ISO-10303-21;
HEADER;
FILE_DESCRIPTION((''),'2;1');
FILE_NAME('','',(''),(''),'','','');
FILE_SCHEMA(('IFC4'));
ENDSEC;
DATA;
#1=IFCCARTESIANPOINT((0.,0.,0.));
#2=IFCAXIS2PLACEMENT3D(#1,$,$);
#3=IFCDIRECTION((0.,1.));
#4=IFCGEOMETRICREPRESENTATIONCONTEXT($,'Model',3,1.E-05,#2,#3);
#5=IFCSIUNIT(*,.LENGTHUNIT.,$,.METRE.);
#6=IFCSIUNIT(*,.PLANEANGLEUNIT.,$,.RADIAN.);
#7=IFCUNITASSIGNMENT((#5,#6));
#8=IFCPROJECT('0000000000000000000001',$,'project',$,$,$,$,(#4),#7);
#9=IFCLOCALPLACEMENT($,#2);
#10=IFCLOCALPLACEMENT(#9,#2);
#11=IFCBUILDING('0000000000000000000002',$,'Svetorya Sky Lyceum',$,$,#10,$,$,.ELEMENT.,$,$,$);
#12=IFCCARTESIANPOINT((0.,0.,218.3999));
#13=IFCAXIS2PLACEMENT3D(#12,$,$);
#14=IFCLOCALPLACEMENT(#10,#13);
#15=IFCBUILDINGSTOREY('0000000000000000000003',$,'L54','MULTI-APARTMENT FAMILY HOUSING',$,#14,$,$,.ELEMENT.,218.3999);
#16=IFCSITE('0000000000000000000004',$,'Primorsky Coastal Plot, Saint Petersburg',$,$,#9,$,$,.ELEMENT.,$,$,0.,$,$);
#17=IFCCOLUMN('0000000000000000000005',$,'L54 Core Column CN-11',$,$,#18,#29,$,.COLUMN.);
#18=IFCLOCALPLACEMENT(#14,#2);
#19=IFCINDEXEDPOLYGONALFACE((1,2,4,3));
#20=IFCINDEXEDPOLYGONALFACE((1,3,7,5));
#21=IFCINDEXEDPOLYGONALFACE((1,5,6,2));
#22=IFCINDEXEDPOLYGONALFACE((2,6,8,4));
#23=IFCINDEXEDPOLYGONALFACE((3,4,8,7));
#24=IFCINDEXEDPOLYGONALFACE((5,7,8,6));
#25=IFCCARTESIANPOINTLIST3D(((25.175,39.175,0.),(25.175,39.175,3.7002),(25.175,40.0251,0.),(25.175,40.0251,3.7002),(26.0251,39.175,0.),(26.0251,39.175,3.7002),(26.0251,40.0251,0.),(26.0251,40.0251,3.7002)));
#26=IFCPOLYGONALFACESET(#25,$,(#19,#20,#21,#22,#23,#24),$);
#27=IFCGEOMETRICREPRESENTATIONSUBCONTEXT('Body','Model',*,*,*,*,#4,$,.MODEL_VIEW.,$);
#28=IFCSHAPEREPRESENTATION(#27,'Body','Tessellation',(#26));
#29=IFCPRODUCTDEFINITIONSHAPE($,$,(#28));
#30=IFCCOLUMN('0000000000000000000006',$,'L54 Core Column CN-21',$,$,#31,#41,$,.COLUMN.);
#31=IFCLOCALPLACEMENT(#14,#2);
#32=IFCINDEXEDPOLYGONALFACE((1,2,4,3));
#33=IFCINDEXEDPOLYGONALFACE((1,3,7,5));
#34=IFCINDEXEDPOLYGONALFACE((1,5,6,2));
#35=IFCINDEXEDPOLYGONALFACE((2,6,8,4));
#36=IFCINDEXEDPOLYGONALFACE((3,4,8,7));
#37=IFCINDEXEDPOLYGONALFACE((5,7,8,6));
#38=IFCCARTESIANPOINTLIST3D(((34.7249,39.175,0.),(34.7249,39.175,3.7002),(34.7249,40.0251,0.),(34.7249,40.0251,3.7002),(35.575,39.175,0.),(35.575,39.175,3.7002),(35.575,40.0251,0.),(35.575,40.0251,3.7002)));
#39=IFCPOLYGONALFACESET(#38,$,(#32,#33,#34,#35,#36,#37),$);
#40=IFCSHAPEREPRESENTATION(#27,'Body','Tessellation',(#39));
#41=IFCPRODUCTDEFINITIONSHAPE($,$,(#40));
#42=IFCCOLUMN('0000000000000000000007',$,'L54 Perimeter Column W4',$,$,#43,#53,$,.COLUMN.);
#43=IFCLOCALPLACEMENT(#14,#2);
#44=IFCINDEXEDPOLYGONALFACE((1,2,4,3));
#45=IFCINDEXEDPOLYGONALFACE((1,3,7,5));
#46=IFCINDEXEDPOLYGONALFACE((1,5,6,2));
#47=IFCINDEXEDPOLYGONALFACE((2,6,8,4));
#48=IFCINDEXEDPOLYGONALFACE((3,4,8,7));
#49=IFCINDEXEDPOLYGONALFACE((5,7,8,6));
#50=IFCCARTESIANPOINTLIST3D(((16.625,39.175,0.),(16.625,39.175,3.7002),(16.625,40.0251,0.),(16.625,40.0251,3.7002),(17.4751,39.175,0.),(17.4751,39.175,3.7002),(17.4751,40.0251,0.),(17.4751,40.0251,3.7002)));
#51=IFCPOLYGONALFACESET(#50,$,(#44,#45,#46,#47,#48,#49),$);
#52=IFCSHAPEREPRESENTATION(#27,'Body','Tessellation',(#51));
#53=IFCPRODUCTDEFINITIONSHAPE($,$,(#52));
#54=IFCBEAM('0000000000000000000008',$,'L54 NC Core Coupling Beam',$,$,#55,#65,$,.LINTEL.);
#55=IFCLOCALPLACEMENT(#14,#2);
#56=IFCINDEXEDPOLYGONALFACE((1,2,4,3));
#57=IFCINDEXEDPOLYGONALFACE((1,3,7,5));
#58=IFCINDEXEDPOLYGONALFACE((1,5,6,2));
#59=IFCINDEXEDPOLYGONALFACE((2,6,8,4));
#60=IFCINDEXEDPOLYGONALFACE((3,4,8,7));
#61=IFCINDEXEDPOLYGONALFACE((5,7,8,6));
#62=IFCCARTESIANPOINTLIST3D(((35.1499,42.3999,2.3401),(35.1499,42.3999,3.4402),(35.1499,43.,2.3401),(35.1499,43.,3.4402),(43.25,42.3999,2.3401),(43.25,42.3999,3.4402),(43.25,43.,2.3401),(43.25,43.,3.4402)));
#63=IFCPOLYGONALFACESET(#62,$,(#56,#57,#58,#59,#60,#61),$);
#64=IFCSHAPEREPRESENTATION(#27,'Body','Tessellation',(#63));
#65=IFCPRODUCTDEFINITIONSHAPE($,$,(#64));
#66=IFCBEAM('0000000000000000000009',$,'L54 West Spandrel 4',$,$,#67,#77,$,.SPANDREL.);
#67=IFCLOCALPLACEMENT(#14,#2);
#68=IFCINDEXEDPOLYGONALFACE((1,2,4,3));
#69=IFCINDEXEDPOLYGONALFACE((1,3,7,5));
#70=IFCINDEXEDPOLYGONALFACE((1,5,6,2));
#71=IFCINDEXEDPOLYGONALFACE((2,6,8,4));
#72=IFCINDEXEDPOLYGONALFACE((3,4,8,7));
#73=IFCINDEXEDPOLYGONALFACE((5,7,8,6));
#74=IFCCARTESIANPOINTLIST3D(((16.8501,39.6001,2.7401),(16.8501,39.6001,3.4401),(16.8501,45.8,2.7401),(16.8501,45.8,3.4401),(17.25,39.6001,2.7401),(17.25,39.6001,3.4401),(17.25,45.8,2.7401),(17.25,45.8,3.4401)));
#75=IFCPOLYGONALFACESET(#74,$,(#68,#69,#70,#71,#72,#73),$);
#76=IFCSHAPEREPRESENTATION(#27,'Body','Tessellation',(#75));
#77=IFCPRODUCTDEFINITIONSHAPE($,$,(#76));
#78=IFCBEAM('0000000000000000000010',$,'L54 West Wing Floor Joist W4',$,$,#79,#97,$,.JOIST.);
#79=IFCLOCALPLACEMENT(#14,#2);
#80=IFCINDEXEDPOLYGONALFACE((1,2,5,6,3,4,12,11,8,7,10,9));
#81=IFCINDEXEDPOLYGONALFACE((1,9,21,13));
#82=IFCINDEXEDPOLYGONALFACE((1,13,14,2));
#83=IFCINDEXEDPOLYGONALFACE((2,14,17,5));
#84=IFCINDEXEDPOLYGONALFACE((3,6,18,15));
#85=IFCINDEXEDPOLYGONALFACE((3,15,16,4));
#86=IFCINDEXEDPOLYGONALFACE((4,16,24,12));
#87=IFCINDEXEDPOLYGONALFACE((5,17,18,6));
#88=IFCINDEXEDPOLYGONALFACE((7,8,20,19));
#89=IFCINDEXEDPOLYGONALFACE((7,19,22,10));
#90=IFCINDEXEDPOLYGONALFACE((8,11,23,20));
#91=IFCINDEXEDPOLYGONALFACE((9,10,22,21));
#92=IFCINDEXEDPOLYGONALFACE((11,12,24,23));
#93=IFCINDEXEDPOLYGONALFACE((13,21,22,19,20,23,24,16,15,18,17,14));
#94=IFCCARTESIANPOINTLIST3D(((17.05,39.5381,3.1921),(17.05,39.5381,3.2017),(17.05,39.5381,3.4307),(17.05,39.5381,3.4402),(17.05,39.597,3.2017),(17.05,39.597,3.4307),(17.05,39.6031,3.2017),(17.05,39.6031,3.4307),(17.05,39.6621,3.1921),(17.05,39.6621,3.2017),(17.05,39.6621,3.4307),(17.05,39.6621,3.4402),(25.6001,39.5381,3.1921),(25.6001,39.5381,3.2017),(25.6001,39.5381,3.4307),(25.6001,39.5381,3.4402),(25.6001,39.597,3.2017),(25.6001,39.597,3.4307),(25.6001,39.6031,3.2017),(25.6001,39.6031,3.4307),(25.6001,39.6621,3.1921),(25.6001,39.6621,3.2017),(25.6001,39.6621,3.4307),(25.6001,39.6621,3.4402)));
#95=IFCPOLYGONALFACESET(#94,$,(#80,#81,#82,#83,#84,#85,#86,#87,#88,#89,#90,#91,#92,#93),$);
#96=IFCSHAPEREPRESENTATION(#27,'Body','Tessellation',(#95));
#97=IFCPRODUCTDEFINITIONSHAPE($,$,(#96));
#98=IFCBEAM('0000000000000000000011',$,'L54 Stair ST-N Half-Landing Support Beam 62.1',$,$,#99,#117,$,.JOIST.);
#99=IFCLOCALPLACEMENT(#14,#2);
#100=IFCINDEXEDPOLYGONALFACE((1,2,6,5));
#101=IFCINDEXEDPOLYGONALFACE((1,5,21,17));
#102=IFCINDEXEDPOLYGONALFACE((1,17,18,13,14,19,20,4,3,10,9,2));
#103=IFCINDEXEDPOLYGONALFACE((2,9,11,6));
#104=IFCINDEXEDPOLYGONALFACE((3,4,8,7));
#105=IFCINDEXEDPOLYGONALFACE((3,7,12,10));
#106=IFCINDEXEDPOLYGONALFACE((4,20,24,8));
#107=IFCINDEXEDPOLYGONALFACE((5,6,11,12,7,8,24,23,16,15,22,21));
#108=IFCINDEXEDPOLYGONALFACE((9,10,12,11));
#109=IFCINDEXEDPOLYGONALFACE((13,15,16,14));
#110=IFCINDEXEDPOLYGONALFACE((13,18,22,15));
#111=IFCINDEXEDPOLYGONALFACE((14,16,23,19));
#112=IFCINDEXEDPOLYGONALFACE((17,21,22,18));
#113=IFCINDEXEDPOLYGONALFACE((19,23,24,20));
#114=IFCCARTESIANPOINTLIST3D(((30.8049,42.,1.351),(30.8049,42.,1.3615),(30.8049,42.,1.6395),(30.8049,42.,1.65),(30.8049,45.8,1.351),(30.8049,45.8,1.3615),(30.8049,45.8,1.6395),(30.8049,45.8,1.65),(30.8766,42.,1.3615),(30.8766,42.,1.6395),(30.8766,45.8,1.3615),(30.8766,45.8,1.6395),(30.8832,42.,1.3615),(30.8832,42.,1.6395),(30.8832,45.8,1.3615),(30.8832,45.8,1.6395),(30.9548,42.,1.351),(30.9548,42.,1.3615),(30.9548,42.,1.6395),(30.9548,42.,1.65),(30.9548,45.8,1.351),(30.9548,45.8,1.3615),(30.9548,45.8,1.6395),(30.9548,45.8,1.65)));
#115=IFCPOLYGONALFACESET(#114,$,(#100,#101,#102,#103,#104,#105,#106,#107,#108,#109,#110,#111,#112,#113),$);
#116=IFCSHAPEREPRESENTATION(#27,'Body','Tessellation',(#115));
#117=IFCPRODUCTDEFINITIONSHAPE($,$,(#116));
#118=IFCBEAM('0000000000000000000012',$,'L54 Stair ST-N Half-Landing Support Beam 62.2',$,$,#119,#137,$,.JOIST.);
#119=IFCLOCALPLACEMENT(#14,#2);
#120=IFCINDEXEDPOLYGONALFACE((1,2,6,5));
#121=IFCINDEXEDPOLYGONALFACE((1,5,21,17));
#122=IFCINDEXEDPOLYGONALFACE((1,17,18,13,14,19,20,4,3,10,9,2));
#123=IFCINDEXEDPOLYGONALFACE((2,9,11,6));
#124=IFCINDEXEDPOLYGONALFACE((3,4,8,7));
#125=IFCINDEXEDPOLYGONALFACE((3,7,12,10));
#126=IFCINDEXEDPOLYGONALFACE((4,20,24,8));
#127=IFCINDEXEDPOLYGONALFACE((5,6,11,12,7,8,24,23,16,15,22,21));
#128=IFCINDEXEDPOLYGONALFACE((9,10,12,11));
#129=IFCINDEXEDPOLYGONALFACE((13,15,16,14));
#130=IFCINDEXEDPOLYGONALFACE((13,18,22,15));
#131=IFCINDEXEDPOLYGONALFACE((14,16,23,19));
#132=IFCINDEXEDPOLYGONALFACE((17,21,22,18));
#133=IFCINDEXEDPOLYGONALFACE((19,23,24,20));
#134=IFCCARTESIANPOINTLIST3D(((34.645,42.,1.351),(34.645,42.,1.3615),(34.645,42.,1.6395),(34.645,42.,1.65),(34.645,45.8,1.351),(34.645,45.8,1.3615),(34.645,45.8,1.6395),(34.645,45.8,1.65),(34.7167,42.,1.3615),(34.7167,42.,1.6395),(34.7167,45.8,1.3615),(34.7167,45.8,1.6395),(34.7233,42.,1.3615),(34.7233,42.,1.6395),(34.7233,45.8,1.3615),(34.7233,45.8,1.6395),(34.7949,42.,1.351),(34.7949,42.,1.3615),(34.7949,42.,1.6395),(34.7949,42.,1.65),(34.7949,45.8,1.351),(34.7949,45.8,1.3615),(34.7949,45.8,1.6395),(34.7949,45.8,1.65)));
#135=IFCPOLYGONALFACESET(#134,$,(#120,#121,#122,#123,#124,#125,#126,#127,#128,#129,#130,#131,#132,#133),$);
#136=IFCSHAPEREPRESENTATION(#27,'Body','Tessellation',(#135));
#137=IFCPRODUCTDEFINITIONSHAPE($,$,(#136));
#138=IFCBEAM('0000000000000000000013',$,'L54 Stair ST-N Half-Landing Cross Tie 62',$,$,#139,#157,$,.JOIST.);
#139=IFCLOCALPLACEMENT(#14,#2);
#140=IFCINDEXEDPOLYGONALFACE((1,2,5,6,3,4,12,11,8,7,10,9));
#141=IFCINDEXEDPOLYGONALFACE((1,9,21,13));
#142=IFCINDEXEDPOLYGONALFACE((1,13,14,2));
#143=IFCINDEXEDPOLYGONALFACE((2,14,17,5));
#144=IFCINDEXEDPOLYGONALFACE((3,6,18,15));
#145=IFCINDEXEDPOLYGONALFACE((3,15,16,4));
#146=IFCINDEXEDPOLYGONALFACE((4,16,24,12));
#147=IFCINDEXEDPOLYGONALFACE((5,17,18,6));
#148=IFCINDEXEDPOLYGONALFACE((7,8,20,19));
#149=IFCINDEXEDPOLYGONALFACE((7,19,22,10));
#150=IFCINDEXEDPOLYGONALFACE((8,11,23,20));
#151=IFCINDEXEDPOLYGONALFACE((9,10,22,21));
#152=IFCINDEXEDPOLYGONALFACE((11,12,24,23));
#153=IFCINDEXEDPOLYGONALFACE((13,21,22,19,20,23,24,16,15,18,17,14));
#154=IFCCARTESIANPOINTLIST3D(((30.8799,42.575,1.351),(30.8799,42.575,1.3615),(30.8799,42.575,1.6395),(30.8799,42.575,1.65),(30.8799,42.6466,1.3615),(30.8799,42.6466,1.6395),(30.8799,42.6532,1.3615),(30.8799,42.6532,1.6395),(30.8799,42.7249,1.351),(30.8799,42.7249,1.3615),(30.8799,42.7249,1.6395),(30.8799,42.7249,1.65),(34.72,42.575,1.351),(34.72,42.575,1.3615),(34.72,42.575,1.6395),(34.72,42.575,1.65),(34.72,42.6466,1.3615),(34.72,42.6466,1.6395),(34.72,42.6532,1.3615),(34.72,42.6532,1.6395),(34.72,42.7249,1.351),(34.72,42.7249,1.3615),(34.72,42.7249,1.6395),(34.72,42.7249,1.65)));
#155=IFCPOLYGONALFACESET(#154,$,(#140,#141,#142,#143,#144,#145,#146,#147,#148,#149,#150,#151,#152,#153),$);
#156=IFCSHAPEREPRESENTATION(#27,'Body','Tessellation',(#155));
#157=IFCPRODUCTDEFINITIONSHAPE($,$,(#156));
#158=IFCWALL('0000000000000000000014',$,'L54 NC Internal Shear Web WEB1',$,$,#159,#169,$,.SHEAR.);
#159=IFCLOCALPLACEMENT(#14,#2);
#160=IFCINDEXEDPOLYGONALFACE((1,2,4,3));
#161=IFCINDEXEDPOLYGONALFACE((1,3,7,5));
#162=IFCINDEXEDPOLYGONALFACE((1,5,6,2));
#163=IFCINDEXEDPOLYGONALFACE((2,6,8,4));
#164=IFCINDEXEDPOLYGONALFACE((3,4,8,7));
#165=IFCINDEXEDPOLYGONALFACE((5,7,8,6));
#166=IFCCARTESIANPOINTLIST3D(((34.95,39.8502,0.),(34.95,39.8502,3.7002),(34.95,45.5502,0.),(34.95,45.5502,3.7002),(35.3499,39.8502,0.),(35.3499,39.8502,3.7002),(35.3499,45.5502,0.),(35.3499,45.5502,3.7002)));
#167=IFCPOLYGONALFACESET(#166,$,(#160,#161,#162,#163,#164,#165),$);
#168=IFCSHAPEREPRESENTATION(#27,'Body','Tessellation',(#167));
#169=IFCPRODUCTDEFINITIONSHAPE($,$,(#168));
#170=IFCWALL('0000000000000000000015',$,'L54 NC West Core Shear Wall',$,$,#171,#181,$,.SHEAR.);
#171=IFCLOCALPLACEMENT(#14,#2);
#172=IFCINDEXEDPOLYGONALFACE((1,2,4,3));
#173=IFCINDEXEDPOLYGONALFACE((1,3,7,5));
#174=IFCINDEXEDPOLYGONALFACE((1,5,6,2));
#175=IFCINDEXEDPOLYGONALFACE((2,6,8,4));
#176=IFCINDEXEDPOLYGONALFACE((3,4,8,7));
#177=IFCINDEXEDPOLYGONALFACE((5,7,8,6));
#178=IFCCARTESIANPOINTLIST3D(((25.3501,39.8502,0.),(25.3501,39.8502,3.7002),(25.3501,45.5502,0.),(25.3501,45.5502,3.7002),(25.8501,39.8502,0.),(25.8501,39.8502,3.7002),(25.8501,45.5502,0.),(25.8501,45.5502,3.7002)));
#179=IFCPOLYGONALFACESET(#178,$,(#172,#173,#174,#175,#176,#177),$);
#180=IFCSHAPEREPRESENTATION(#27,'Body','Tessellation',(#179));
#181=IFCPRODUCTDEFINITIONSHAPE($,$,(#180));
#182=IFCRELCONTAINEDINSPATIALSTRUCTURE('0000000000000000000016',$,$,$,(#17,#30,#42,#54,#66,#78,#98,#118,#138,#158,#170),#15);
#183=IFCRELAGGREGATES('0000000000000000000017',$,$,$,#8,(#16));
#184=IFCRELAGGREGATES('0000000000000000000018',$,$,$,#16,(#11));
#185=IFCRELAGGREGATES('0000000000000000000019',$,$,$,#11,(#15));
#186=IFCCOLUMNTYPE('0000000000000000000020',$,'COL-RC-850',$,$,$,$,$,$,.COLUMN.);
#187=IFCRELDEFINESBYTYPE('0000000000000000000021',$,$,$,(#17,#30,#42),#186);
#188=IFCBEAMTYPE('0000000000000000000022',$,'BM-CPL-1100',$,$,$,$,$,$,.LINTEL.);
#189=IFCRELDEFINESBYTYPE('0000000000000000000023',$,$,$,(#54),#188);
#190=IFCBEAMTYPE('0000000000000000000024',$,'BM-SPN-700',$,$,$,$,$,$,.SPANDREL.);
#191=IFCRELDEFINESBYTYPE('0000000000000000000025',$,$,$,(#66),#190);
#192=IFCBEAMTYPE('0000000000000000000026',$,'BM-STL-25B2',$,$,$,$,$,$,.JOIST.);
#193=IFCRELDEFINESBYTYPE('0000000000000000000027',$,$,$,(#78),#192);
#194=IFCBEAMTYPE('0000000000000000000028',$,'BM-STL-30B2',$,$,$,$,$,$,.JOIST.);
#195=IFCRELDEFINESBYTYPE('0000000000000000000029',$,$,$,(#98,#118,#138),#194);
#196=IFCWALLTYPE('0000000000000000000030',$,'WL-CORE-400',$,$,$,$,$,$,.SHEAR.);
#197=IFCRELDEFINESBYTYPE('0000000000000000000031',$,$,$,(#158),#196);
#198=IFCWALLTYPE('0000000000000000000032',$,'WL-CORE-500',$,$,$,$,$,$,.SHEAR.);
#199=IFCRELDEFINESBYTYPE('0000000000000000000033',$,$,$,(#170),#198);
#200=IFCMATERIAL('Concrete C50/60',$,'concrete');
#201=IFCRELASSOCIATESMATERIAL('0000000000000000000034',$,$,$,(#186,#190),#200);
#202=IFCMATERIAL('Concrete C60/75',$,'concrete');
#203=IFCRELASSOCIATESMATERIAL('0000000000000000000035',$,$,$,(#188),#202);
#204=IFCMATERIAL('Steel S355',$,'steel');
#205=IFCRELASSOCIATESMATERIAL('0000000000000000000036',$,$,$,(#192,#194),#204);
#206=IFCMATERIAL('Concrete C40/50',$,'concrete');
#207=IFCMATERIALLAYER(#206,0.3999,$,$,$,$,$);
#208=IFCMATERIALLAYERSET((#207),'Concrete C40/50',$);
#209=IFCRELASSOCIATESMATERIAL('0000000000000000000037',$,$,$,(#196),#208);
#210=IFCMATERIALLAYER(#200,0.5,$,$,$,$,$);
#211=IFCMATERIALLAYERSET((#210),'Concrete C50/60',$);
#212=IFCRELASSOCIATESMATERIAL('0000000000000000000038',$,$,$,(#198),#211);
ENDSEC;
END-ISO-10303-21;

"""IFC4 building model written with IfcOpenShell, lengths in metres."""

from ifc_helpers import new_model, si_unit, direction, frame, frame_2d, origin, origin_2d, place, context, subcontext, project, spatial, rectangle, i_section, extrude, material, layer, layer_set, material_profile, profile_set, type_object, element, save


model = new_model("IFC4")

# Units and contexts
model_context = context("Model", 3, precision=1e-05, world=origin(), true_north=direction((0.0, 1.0)))
body_context = subcontext(model_context, "Body", "Model", "MODEL_VIEW")
ifc_project = project(units=[si_unit("LENGTHUNIT", "METRE"), si_unit("PLANEANGLEUNIT", "RADIAN")], contexts=[model_context])

# Site, building, storey
site_placement = place(None, origin())
site = spatial("IfcSite", under=ifc_project, at=site_placement, Name="Primorsky Coastal Plot, Saint Petersburg", CompositionType="ELEMENT", RefElevation=0.0)
building_placement = place(site_placement, origin())
building = spatial("IfcBuilding", under=site, at=building_placement, Name="Svetorya Sky Lyceum", CompositionType="ELEMENT")
storey_placement = place(building_placement, frame((0.0, 0.0, 218.3999)))
storey = spatial("IfcBuildingStorey", under=building, at=storey_placement, Name="L54", Description="MULTI-APARTMENT FAMILY HOUSING", CompositionType="ELEMENT", Elevation=218.3999)

# Columns
ifc_material_1 = material(Name="Concrete C50/60", Category="concrete")
ifc_material_profile_1 = material_profile(ifc_material_1, rectangle(XDim=0.8501, YDim=0.8501, at=origin_2d()), Name="RC COL 850x850")
ifc_profile_set_1 = profile_set([ifc_material_profile_1], Name="Concrete C50/60")
column_type = type_object("IfcColumnType", Name="COL-RC-850", PredefinedType="COLUMN", material=ifc_profile_set_1)
for number, where, z_axis, x_axis, name in (
    (1, (25.6001, 39.6001, 0.0), (0.0, 0.0, 1.0), (1.0, 0.0, 0.0), "L54 Core Column CN-11"),
    (2, (35.1499, 39.6001, 0.0), (0.0, 0.0, 1.0), (1.0, 0.0, 0.0), "L54 Core Column CN-21"),
    (3, (17.05, 39.6001, 0.0), (0.0, 0.0, 1.0), (1.0, 0.0, 0.0), "L54 Perimeter Column W4"),
):
    element("IfcColumn", number, at=place(storey_placement, frame(where, z_axis=z_axis, x_axis=x_axis)), inside=storey, type_object=column_type, Name=name, PredefinedType="COLUMN", context=body_context, shape_type="SweptSolid", body=[
        extrude(rectangle(XDim=0.8501, YDim=0.8501, at=origin_2d()), origin(), (0.0, 0.0, 1.0), 3.7002),
    ])

# Beams
ifc_material_2 = material(Name="Concrete C60/75", Category="concrete")
ifc_material_profile_2 = material_profile(ifc_material_2, rectangle(XDim=0.6001, YDim=1.1001, at=origin_2d()), Name="RC COUPLING 600x1100")
ifc_profile_set_2 = profile_set([ifc_material_profile_2], Name="Concrete C60/75")
beam_type_1 = type_object("IfcBeamType", Name="BM-CPL-1100", PredefinedType="LINTEL", material=ifc_profile_set_2)
beam_1_placement = place(storey_placement, frame((35.1499, 42.7, 2.8901), z_axis=(1.0, 0.0, 0.0), x_axis=(0.0, 1.0, 0.0)))
element("IfcBeam", 4, at=beam_1_placement, inside=storey, type_object=beam_type_1, Name="L54 NC Core Coupling Beam", PredefinedType="LINTEL", context=body_context, shape_type="SweptSolid", body=[
    extrude(rectangle(XDim=0.6001, YDim=1.1001, at=origin_2d()), origin(), (0.0, 0.0, 1.0), 8.1001),
])
ifc_material_profile_3 = material_profile(ifc_material_1, rectangle(XDim=0.3999, YDim=0.7, at=origin_2d()), Name="RC SPANDREL 400x700")
ifc_profile_set_3 = profile_set([ifc_material_profile_3], Name="Concrete C50/60")
beam_type_2 = type_object("IfcBeamType", Name="BM-SPN-700", PredefinedType="SPANDREL", material=ifc_profile_set_3)
beam_2_placement = place(storey_placement, frame((17.05, 39.6001, 3.0901), z_axis=(0.0, 1.0, 0.0), x_axis=(-1.0, 0.0, 0.0)))
element("IfcBeam", 5, at=beam_2_placement, inside=storey, type_object=beam_type_2, Name="L54 West Spandrel 4", PredefinedType="SPANDREL", context=body_context, shape_type="SweptSolid", body=[
    extrude(rectangle(XDim=0.3999, YDim=0.7, at=origin_2d()), origin(), (0.0, 0.0, 1.0), 6.2),
])
ifc_material_3 = material(Name="Steel S355", Category="steel")
ifc_material_profile_4 = material_profile(ifc_material_3, i_section(OverallWidth=0.124, OverallDepth=0.248, WebThickness=0.0061, FlangeThickness=0.0095, at=origin_2d()), Name="GOST 25B2")
ifc_profile_set_4 = profile_set([ifc_material_profile_4], Name="Steel S355")
beam_type_3 = type_object("IfcBeamType", Name="BM-STL-25B2", PredefinedType="JOIST", material=ifc_profile_set_4)
beam_3_placement = place(storey_placement, frame((17.05, 39.6001, 3.3162), z_axis=(1.0, 0.0, 0.0), x_axis=(0.0, 1.0, 0.0)))
element("IfcBeam", 6, at=beam_3_placement, inside=storey, type_object=beam_type_3, Name="L54 West Wing Floor Joist W4", PredefinedType="JOIST", context=body_context, shape_type="SweptSolid", body=[
    extrude(i_section(OverallWidth=0.124, OverallDepth=0.248, WebThickness=0.0061, FlangeThickness=0.0095, at=origin_2d()), origin(), (0.0, 0.0, 1.0), 8.55),
])
ifc_material_profile_5 = material_profile(ifc_material_3, i_section(OverallWidth=0.1499, OverallDepth=0.2991, WebThickness=0.0066, FlangeThickness=0.0105, at=origin_2d()), Name="GOST 30B2")
ifc_profile_set_5 = profile_set([ifc_material_profile_5], Name="Steel S355")
beam_type_4 = type_object("IfcBeamType", Name="BM-STL-30B2", PredefinedType="JOIST", material=ifc_profile_set_5)
for number, where, z_axis, x_axis, name in (
    (7, (30.8799, 42.0, 1.5005), (0.0, 1.0, 0.0), (-1.0, 0.0, 0.0), "L54 Stair ST-N Half-Landing Support Beam 62.1"),
    (8, (34.72, 42.0, 1.5005), (0.0, 1.0, 0.0), (-1.0, 0.0, 0.0), "L54 Stair ST-N Half-Landing Support Beam 62.2"),
):
    element("IfcBeam", number, at=place(storey_placement, frame(where, z_axis=z_axis, x_axis=x_axis)), inside=storey, type_object=beam_type_4, Name=name, PredefinedType="JOIST", context=body_context, shape_type="SweptSolid", body=[
        extrude(i_section(OverallWidth=0.1499, OverallDepth=0.2991, WebThickness=0.0066, FlangeThickness=0.0105, at=origin_2d()), origin(), (0.0, 0.0, 1.0), 3.8),
    ])
beam_4_placement = place(storey_placement, frame((30.8799, 42.6499, 1.5005), z_axis=(1.0, 0.0, 0.0), x_axis=(0.0, 1.0, 0.0)))
element("IfcBeam", 9, at=beam_4_placement, inside=storey, type_object=beam_type_4, Name="L54 Stair ST-N Half-Landing Cross Tie 62", PredefinedType="JOIST", context=body_context, shape_type="SweptSolid", body=[
    extrude(i_section(OverallWidth=0.1499, OverallDepth=0.2991, WebThickness=0.0066, FlangeThickness=0.0105, at=origin_2d()), origin(), (0.0, 0.0, 1.0), 3.8401),
])

# Walls
ifc_material_4 = material(Name="Concrete C40/50", Category="concrete")
ifc_layer_1 = layer(ifc_material_4, 0.3999)
ifc_layer_set_1 = layer_set([ifc_layer_1], Name="Concrete C40/50")
wall_type_1 = type_object("IfcWallType", Name="WL-CORE-400", PredefinedType="SHEAR", material=ifc_layer_set_1)
wall_1_placement = place(storey_placement, frame((35.1499, 39.8501, 0.0), z_axis=(0.0, 0.0, 1.0), x_axis=(0.0, 1.0, 0.0)))
element("IfcWall", 10, at=wall_1_placement, inside=storey, type_object=wall_type_1, Name="L54 NC Internal Shear Web WEB1", PredefinedType="SHEAR", context=body_context, shape_type="SweptSolid", body=[
    extrude(rectangle(XDim=5.7, YDim=0.3999, at=frame_2d((2.8501, 0.0))), origin(), (0.0, 0.0, 1.0), 3.7002),
])
ifc_layer_2 = layer(ifc_material_1, 0.5)
ifc_layer_set_2 = layer_set([ifc_layer_2], Name="Concrete C50/60")
wall_type_2 = type_object("IfcWallType", Name="WL-CORE-500", PredefinedType="SHEAR", material=ifc_layer_set_2)
wall_2_placement = place(storey_placement, frame((25.6001, 39.8501, 0.0), z_axis=(0.0, 0.0, 1.0), x_axis=(0.0, 1.0, 0.0)))
element("IfcWall", 11, at=wall_2_placement, inside=storey, type_object=wall_type_2, Name="L54 NC West Core Shear Wall", PredefinedType="SHEAR", context=body_context, shape_type="SweptSolid", body=[
    extrude(rectangle(XDim=5.7, YDim=0.5, at=frame_2d((2.8501, 0.0))), origin(), (0.0, 0.0, 1.0), 3.7002),
])

save(model, "model.ifc")
